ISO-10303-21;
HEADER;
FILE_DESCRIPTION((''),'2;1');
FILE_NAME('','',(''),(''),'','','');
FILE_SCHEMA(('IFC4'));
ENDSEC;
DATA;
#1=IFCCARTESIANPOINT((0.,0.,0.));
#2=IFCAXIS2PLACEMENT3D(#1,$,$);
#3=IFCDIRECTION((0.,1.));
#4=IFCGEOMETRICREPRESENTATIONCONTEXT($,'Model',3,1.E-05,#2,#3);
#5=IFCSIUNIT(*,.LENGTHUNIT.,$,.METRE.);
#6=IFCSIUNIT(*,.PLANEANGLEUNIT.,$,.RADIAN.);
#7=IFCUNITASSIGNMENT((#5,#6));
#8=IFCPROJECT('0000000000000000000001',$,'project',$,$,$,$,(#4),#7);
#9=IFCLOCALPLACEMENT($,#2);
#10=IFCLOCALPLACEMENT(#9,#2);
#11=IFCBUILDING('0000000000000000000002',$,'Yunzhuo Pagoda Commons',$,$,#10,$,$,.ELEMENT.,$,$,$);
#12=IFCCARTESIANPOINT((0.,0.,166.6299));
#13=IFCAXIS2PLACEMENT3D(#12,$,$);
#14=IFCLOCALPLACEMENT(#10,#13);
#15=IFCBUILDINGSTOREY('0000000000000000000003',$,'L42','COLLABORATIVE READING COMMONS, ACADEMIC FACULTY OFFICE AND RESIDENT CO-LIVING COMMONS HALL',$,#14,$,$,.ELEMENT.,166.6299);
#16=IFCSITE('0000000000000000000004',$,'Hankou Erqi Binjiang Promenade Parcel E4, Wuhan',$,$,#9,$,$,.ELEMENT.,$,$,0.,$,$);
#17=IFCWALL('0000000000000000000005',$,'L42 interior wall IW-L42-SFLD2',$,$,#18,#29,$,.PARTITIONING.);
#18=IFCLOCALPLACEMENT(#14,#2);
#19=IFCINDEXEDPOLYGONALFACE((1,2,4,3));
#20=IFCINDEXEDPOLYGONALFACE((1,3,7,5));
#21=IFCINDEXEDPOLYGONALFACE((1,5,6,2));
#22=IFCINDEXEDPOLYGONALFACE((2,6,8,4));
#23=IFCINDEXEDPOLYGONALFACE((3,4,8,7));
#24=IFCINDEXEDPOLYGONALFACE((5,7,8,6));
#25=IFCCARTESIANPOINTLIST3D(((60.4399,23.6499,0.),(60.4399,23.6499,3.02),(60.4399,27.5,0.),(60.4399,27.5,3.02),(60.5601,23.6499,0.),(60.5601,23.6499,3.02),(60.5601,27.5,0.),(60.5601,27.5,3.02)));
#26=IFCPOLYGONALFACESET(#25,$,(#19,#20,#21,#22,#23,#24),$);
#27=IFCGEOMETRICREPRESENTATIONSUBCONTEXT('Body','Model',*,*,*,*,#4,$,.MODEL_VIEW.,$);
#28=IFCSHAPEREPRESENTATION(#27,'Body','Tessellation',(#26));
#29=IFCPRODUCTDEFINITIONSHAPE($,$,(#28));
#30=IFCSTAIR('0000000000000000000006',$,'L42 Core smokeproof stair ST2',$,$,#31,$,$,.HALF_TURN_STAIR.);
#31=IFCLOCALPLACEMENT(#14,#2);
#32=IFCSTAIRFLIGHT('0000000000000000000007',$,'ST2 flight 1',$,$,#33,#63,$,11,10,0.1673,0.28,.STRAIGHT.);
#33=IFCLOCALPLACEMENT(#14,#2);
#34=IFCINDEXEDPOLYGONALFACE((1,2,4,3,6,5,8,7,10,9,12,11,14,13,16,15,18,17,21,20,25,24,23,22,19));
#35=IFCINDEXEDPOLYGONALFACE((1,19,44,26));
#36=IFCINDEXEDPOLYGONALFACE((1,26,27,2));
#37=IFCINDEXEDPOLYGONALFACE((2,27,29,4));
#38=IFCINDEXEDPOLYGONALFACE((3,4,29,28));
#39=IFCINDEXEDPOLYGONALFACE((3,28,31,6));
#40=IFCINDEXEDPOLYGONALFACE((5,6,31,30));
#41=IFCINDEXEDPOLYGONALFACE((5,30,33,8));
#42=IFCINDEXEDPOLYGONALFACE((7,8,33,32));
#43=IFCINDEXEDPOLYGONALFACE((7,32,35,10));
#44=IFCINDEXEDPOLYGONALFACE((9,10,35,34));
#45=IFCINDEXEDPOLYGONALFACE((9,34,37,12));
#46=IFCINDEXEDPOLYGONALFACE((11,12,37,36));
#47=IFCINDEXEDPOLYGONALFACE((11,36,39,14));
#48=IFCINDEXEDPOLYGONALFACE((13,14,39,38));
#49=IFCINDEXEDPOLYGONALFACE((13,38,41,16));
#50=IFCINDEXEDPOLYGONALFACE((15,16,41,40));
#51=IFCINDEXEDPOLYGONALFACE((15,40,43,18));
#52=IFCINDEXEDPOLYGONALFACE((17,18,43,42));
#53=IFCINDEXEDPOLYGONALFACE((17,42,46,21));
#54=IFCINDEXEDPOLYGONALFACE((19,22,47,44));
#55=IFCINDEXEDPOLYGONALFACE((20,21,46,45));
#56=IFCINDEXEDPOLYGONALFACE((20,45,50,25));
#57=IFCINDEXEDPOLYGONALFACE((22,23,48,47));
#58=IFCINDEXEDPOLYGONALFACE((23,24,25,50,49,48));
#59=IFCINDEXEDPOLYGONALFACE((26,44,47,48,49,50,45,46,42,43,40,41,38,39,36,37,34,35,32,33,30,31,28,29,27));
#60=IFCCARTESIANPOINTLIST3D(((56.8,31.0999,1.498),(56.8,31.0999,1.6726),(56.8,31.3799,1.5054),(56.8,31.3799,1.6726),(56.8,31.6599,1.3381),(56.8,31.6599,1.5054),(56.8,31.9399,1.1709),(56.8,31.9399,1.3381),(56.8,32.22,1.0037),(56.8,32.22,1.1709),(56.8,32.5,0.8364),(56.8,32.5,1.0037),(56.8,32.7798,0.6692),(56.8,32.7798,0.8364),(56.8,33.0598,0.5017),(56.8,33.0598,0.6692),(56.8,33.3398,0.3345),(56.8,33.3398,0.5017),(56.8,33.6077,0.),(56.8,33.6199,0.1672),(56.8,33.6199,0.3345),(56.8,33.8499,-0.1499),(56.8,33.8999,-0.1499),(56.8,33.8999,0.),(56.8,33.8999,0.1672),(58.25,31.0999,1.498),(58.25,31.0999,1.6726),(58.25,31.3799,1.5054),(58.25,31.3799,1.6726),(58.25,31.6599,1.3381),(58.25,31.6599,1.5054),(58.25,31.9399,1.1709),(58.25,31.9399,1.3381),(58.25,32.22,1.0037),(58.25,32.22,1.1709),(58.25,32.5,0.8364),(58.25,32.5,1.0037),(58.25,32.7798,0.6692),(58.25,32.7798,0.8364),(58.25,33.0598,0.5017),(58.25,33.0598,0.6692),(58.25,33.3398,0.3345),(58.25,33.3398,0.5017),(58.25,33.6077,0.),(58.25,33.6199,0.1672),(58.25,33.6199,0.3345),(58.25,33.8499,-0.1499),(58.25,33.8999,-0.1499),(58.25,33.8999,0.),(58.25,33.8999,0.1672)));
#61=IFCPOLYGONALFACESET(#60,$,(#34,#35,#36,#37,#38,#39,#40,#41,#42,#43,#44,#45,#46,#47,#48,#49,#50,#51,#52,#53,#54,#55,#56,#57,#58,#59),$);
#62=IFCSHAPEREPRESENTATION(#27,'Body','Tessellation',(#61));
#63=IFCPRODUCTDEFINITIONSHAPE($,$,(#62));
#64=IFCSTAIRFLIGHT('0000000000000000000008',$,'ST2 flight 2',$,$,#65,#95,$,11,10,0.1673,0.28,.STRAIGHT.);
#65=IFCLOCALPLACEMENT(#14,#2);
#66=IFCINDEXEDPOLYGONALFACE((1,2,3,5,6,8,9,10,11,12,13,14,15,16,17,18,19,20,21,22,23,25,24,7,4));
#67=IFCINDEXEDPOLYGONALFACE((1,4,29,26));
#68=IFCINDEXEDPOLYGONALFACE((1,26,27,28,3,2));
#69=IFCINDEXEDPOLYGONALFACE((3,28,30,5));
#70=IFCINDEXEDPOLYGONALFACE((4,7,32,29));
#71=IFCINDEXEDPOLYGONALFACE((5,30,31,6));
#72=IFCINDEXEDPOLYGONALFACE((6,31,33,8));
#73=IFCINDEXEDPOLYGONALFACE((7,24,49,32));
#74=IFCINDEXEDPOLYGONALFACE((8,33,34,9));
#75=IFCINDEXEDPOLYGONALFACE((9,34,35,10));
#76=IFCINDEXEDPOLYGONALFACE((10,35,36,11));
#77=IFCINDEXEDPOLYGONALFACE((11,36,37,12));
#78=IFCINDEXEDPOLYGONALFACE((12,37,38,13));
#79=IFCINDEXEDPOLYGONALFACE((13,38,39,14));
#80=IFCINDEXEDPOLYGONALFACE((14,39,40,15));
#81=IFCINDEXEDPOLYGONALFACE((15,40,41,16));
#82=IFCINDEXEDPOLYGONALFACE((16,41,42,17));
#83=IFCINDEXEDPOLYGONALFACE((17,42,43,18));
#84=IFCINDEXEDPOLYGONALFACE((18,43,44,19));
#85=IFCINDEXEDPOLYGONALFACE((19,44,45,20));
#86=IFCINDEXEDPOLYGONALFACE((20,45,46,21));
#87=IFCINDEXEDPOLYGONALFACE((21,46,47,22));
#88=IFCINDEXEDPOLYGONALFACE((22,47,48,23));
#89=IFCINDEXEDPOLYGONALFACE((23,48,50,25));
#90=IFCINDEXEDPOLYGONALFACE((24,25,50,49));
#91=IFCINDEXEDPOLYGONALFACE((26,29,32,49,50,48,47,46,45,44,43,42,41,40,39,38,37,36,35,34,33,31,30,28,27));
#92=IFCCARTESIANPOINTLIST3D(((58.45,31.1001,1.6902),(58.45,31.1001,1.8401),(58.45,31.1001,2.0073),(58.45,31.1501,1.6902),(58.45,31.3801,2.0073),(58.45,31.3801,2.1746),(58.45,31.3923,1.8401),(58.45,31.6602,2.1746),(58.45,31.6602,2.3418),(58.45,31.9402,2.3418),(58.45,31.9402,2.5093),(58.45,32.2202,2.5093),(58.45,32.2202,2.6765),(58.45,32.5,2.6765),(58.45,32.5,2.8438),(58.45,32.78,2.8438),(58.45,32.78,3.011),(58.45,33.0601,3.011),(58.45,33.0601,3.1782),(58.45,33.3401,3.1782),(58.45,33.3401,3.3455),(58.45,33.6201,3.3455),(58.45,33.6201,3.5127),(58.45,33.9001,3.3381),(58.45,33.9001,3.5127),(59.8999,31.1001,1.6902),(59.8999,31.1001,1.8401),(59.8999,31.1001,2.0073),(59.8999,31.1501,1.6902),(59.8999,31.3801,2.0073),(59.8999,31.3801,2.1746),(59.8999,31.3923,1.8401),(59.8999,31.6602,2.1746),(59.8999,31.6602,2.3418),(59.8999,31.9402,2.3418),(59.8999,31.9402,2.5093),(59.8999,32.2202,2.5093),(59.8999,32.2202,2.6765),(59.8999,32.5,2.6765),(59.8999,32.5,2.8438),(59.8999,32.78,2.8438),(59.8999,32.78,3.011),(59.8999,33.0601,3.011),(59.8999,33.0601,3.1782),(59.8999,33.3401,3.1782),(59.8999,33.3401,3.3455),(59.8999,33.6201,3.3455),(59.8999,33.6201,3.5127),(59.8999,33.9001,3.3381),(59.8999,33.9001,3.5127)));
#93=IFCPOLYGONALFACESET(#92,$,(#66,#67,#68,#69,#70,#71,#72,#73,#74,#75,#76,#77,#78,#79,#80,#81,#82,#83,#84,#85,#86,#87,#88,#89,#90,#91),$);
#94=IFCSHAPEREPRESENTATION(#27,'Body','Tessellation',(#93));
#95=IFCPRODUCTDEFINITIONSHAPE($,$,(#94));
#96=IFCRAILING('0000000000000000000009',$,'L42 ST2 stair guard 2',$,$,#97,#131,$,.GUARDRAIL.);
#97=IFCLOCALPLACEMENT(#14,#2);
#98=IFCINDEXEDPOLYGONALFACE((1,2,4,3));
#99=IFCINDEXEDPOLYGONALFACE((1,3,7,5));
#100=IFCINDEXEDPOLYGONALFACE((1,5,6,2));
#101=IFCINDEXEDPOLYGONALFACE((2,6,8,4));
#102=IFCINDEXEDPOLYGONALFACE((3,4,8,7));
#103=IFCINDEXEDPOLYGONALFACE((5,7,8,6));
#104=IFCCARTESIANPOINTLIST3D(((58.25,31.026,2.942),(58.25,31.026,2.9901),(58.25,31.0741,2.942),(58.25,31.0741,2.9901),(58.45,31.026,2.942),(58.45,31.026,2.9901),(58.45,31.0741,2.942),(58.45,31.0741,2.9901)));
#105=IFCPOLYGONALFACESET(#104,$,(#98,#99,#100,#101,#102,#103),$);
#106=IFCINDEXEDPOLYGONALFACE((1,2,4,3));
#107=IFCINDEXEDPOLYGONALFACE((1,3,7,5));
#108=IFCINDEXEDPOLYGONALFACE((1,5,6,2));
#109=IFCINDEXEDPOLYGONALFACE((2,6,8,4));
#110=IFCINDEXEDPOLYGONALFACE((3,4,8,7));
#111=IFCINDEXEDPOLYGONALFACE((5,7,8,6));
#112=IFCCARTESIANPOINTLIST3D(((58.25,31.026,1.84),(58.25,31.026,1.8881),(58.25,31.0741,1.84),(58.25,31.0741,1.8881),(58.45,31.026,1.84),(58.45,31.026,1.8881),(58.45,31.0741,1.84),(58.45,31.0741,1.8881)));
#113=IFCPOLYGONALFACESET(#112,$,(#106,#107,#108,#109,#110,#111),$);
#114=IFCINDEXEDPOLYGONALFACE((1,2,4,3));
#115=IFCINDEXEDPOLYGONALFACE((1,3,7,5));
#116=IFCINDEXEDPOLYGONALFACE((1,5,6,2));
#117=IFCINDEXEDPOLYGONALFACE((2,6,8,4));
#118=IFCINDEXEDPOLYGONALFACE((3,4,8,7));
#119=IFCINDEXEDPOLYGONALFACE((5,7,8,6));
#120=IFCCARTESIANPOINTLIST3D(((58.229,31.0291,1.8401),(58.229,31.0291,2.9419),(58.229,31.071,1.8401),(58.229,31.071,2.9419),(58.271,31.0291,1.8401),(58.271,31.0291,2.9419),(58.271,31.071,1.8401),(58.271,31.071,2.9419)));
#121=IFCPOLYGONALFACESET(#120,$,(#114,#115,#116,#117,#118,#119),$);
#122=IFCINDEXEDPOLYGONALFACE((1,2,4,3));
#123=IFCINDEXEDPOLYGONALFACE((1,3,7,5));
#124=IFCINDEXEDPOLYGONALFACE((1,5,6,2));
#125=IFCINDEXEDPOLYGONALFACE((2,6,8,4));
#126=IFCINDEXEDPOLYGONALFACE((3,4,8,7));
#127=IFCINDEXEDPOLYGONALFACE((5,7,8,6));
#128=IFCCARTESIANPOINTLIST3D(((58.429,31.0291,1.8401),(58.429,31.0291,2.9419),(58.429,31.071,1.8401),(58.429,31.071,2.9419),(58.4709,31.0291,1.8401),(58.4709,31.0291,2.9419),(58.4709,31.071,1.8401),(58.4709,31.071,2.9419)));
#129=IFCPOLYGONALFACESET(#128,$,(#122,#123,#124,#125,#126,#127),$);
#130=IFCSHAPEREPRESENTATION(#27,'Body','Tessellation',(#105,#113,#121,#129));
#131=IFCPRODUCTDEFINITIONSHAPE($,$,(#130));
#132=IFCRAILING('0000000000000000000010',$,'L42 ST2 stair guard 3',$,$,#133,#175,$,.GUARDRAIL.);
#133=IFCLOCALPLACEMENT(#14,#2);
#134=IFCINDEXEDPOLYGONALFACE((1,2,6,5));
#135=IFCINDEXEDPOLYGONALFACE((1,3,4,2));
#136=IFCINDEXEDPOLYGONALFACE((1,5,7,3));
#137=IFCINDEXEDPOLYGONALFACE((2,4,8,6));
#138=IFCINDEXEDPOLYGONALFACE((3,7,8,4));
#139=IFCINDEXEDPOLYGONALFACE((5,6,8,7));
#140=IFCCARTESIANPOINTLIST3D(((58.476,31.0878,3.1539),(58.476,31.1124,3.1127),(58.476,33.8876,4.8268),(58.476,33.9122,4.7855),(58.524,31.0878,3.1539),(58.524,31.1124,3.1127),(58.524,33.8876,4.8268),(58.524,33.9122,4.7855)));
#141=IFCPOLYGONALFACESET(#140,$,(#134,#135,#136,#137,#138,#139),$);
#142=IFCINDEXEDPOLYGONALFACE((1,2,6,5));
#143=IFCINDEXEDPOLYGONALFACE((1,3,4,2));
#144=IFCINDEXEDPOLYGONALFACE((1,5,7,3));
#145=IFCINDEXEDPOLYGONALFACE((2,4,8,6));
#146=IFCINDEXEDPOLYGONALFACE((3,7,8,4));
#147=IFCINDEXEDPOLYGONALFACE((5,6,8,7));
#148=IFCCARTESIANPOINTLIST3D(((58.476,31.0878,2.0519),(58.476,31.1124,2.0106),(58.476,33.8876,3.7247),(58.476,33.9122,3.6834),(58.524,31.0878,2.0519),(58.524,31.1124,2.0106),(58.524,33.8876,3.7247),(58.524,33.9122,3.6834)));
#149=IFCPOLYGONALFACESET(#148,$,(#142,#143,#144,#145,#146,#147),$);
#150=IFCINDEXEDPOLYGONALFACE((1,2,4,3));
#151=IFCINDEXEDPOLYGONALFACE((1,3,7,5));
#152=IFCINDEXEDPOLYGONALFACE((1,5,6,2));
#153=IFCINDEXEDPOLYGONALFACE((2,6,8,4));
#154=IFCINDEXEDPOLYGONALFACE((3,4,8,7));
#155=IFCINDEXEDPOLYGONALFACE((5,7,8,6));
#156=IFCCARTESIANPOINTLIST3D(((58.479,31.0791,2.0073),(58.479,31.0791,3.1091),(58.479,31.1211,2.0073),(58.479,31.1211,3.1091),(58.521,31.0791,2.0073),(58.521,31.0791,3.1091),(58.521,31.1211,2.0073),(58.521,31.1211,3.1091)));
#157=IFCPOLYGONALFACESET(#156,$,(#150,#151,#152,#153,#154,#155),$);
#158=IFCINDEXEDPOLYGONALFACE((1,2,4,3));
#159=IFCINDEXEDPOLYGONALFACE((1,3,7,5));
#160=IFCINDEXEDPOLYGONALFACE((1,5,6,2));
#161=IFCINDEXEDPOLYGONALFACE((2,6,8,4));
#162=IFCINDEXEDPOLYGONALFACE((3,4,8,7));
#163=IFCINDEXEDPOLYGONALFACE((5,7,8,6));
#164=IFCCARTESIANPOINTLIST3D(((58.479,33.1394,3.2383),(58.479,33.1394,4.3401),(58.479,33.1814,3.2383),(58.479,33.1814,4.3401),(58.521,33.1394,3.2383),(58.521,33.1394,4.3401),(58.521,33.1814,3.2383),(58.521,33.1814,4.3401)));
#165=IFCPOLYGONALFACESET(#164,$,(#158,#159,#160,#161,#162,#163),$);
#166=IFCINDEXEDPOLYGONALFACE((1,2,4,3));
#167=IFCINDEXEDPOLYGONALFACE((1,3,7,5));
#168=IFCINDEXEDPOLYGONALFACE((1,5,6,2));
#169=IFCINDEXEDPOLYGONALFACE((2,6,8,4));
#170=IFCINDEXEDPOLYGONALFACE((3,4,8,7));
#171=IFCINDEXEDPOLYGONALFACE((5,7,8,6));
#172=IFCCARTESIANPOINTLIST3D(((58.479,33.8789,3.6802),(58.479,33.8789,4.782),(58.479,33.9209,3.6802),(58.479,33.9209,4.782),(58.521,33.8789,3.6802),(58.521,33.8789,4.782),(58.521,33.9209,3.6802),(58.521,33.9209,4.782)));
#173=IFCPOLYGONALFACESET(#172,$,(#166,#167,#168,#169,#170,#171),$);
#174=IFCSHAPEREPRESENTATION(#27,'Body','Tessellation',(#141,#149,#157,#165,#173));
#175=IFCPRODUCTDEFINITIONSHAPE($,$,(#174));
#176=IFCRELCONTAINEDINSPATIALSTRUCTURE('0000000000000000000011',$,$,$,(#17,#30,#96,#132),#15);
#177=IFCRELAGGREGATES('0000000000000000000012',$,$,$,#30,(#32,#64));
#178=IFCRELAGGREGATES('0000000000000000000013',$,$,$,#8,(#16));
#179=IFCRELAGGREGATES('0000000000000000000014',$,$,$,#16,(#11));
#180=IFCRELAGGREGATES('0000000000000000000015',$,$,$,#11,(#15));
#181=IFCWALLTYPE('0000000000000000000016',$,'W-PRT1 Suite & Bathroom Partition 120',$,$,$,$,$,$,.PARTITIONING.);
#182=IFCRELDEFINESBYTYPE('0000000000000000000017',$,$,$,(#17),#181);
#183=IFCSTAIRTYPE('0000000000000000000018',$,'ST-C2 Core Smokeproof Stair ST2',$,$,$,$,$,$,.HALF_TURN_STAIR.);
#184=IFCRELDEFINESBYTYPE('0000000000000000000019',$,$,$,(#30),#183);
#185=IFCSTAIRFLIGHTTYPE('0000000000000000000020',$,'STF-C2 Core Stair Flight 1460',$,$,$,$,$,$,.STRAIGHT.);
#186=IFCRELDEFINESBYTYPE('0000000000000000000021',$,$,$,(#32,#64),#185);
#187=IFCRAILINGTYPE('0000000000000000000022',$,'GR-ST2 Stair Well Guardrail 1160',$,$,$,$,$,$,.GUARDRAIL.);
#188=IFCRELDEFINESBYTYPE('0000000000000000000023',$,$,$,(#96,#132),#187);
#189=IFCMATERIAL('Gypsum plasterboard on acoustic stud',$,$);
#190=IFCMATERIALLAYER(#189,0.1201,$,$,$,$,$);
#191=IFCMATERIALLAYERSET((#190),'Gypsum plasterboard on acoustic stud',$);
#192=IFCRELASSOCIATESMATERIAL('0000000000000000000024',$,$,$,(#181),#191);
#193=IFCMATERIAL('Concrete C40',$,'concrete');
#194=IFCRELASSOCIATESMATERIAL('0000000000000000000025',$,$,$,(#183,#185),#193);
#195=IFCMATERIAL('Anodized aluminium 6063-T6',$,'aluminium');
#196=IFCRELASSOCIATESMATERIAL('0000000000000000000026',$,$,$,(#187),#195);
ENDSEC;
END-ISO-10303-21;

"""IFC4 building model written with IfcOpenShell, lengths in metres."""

from ifc_helpers import new_model, si_unit, direction, frame, frame_2d, origin, origin_2d, place, context, subcontext, project, spatial, polyline, rectangle, outline, extrude, source, transform, mapped, material, layer, layer_set, type_object, element, aggregate, save


model = new_model("IFC4")

# Units and contexts
model_context = context("Model", 3, precision=1e-05, world=origin(), true_north=direction((0.0, 1.0)))
body_context = subcontext(model_context, "Body", "Model", "MODEL_VIEW")
ifc_project = project(units=[si_unit("LENGTHUNIT", "METRE"), si_unit("PLANEANGLEUNIT", "RADIAN")], contexts=[model_context])

# Site, building, storey
site_placement = place(None, origin())
site = spatial("IfcSite", under=ifc_project, at=site_placement, Name="Hankou Erqi Binjiang Promenade Parcel E4, Wuhan", CompositionType="ELEMENT", RefElevation=0.0)
building_placement = place(site_placement, origin())
building = spatial("IfcBuilding", under=site, at=building_placement, Name="Yunzhuo Pagoda Commons", CompositionType="ELEMENT")
storey_placement = place(building_placement, frame((0.0, 0.0, 166.6299)))
storey = spatial("IfcBuildingStorey", under=building, at=storey_placement, Name="L42", Description="COLLABORATIVE READING COMMONS, ACADEMIC FACULTY OFFICE AND RESIDENT CO-LIVING COMMONS HALL", CompositionType="ELEMENT", Elevation=166.6299)

# Shared definitions
ifc_material_1 = material(Name="Anodized aluminium 6063-T6", Category="aluminium")

# Shared definitions
ifc_material_2 = material(Name="Gypsum plasterboard on acoustic stud")

# Wall
ifc_layer_1 = layer(ifc_material_2, 0.1201)
ifc_layer_set_1 = layer_set([ifc_layer_1], Name="Gypsum plasterboard on acoustic stud")
wall_type_1 = type_object("IfcWallType", Name="W-PRT1 Suite & Bathroom Partition 120", PredefinedType="PARTITIONING", material=ifc_layer_set_1)
wall_1_placement = place(storey_placement, frame((60.5, 23.6499, 0.0), z_axis=(0.0, 0.0, 1.0), x_axis=(0.0, 1.0, 0.0)))
element("IfcWall", 1, at=wall_1_placement, inside=storey, type_object=wall_type_1, Name="L42 interior wall IW-L42-SFLD2", PredefinedType="PARTITIONING", context=body_context, shape_type="SweptSolid", body=[
    extrude(rectangle(XDim=3.8501, YDim=0.1201, at=frame_2d((1.925, 0.0))), origin(), (0.0, 0.0, 1.0), 3.02),
])

# Stair, stair flights
ifc_material_3 = material(Name="Concrete C40", Category="concrete")
stair_type = type_object("IfcStairType", Name="ST-C2 Core Smokeproof Stair ST2", PredefinedType="HALF_TURN_STAIR", material=ifc_material_3)
stair_placement = place(storey_placement, origin())
stair = element("IfcStair", 2, at=stair_placement, inside=storey, type_object=stair_type, Name="L42 Core smokeproof stair ST2", PredefinedType="HALF_TURN_STAIR")
stair_flight_type = type_object("IfcStairFlightType", Name="STF-C2 Core Stair Flight 1460", PredefinedType="STRAIGHT", material=ifc_material_3)
shared_shape_1 = source(origin(), body_context, "Body", "SweptSolid", [
    extrude(outline(polyline([(0.0, -0.1499), (0.0, 0.0), (0.0, 0.1672), (0.28, 0.1672), (0.28, 0.3345), (0.5601, 0.3345), (0.5601, 0.5017), (0.8401, 0.5017), (0.8401, 0.6692), (1.1201, 0.6692), (1.1201, 0.8364), (1.3999, 0.8364), (1.3999, 1.0037), (1.6799, 1.0037), (1.6799, 1.1709), (1.96, 1.1709), (1.96, 1.3381), (2.24, 1.3381), (2.24, 1.5054), (2.52, 1.5054), (2.52, 1.6726), (2.8, 1.6726), (2.8, 1.8401), (2.8, 1.498), (0.2922, 0.0), (0.05, -0.1499), (0.0, -0.1499)])), frame((0.0, 0.7251, 0.0), z_axis=(0.0, -1.0, 0.0), x_axis=(1.0, 0.0, 0.0)), (0.0, 0.0, 1.0), 1.45),
])
stair_flight_1_placement = place(storey_placement, frame((57.5249, 33.8999, 0.0), z_axis=(0.0, 0.0, 1.0), x_axis=(0.0, -1.0, 0.0)))
stair_flight_1 = element("IfcStairFlight", 3, at=stair_flight_1_placement, type_object=stair_flight_type, Name="ST2 flight 1", NumberOfRisers=11, NumberOfTreads=10, PredefinedType="STRAIGHT", RiserHeight=0.1673, TreadLength=0.28, context=body_context, shape_type="MappedRepresentation", body=[
    mapped(shared_shape_1, transform((0.0, 0.0, 0.0), scale=1.0)),
])
stair_flight_2_placement = place(storey_placement, frame((59.175, 31.1001, 1.8401), z_axis=(0.0, 0.0, 1.0), x_axis=(0.0, 1.0, 0.0)))
stair_flight_2 = element("IfcStairFlight", 4, at=stair_flight_2_placement, type_object=stair_flight_type, Name="ST2 flight 2", NumberOfRisers=11, NumberOfTreads=10, PredefinedType="STRAIGHT", RiserHeight=0.1673, TreadLength=0.28, context=body_context, shape_type="MappedRepresentation", body=[
    mapped(shared_shape_1, transform((0.0, 0.0, 0.0), scale=1.0)),
])
aggregate(stair, [stair_flight_1, stair_flight_2])

# Railings
railing_type_1 = type_object("IfcRailingType", Name="GR-ST2 Stair Well Guardrail 1160", PredefinedType="GUARDRAIL", material=ifc_material_1)
railing_1_placement = place(storey_placement, frame((58.25, 31.05, 1.8401)))
element("IfcRailing", 5, at=railing_1_placement, inside=storey, type_object=railing_type_1, Name="L42 ST2 stair guard 2", PredefinedType="GUARDRAIL", context=body_context, shape_type="SweptSolid", body=[
    extrude(rectangle(XDim=0.0481, YDim=0.0481, at=origin_2d()), frame((0.0, 0.0, 1.126), z_axis=(1.0, 0.0, 0.0), x_axis=(0.0, 1.0, 0.0)), (0.0, 0.0, 1.0), 0.2),
    extrude(rectangle(XDim=0.0481, YDim=0.0481, at=origin_2d()), frame((0.0, 0.0, 0.0239), z_axis=(1.0, 0.0, 0.0), x_axis=(0.0, 1.0, 0.0)), (0.0, 0.0, 1.0), 0.2),
    extrude(rectangle(XDim=0.042, YDim=0.042, at=origin_2d()), origin(), (0.0, 0.0, 1.0), 1.1018),
    extrude(rectangle(XDim=0.042, YDim=0.042, at=origin_2d()), frame((0.2, 0.0, 0.0)), (0.0, 0.0, 1.0), 1.1018),
])
railing_2_placement = place(storey_placement, frame((58.5, 31.1001, 2.0073)))
element("IfcRailing", 6, at=railing_2_placement, inside=storey, type_object=railing_type_1, Name="L42 ST2 stair guard 3", PredefinedType="GUARDRAIL", context=body_context, shape_type="SweptSolid", body=[
    extrude(rectangle(XDim=0.0481, YDim=0.0481, at=origin_2d()), frame((0.0, 0.0, 1.126), z_axis=(0.0, 0.858443, 0.51291), x_axis=(-1.0, 0.0, 0.0)), (0.0, 0.0, 1.0), 3.2615),
    extrude(rectangle(XDim=0.0481, YDim=0.0481, at=origin_2d()), frame((0.0, 0.0, 0.0239), z_axis=(0.0, 0.858443, 0.51291), x_axis=(-1.0, 0.0, 0.0)), (0.0, 0.0, 1.0), 3.2615),
    extrude(rectangle(XDim=0.042, YDim=0.042, at=origin_2d()), origin(), (0.0, 0.0, 1.0), 1.1018),
    extrude(rectangle(XDim=0.042, YDim=0.042, at=origin_2d()), frame((0.0, 2.0603, 1.231)), (0.0, 0.0, 1.0), 1.1018),
    extrude(rectangle(XDim=0.042, YDim=0.042, at=origin_2d()), frame((0.0, 2.7998, 1.6729)), (0.0, 0.0, 1.0), 1.1018),
])

save(model, "model.ifc")
